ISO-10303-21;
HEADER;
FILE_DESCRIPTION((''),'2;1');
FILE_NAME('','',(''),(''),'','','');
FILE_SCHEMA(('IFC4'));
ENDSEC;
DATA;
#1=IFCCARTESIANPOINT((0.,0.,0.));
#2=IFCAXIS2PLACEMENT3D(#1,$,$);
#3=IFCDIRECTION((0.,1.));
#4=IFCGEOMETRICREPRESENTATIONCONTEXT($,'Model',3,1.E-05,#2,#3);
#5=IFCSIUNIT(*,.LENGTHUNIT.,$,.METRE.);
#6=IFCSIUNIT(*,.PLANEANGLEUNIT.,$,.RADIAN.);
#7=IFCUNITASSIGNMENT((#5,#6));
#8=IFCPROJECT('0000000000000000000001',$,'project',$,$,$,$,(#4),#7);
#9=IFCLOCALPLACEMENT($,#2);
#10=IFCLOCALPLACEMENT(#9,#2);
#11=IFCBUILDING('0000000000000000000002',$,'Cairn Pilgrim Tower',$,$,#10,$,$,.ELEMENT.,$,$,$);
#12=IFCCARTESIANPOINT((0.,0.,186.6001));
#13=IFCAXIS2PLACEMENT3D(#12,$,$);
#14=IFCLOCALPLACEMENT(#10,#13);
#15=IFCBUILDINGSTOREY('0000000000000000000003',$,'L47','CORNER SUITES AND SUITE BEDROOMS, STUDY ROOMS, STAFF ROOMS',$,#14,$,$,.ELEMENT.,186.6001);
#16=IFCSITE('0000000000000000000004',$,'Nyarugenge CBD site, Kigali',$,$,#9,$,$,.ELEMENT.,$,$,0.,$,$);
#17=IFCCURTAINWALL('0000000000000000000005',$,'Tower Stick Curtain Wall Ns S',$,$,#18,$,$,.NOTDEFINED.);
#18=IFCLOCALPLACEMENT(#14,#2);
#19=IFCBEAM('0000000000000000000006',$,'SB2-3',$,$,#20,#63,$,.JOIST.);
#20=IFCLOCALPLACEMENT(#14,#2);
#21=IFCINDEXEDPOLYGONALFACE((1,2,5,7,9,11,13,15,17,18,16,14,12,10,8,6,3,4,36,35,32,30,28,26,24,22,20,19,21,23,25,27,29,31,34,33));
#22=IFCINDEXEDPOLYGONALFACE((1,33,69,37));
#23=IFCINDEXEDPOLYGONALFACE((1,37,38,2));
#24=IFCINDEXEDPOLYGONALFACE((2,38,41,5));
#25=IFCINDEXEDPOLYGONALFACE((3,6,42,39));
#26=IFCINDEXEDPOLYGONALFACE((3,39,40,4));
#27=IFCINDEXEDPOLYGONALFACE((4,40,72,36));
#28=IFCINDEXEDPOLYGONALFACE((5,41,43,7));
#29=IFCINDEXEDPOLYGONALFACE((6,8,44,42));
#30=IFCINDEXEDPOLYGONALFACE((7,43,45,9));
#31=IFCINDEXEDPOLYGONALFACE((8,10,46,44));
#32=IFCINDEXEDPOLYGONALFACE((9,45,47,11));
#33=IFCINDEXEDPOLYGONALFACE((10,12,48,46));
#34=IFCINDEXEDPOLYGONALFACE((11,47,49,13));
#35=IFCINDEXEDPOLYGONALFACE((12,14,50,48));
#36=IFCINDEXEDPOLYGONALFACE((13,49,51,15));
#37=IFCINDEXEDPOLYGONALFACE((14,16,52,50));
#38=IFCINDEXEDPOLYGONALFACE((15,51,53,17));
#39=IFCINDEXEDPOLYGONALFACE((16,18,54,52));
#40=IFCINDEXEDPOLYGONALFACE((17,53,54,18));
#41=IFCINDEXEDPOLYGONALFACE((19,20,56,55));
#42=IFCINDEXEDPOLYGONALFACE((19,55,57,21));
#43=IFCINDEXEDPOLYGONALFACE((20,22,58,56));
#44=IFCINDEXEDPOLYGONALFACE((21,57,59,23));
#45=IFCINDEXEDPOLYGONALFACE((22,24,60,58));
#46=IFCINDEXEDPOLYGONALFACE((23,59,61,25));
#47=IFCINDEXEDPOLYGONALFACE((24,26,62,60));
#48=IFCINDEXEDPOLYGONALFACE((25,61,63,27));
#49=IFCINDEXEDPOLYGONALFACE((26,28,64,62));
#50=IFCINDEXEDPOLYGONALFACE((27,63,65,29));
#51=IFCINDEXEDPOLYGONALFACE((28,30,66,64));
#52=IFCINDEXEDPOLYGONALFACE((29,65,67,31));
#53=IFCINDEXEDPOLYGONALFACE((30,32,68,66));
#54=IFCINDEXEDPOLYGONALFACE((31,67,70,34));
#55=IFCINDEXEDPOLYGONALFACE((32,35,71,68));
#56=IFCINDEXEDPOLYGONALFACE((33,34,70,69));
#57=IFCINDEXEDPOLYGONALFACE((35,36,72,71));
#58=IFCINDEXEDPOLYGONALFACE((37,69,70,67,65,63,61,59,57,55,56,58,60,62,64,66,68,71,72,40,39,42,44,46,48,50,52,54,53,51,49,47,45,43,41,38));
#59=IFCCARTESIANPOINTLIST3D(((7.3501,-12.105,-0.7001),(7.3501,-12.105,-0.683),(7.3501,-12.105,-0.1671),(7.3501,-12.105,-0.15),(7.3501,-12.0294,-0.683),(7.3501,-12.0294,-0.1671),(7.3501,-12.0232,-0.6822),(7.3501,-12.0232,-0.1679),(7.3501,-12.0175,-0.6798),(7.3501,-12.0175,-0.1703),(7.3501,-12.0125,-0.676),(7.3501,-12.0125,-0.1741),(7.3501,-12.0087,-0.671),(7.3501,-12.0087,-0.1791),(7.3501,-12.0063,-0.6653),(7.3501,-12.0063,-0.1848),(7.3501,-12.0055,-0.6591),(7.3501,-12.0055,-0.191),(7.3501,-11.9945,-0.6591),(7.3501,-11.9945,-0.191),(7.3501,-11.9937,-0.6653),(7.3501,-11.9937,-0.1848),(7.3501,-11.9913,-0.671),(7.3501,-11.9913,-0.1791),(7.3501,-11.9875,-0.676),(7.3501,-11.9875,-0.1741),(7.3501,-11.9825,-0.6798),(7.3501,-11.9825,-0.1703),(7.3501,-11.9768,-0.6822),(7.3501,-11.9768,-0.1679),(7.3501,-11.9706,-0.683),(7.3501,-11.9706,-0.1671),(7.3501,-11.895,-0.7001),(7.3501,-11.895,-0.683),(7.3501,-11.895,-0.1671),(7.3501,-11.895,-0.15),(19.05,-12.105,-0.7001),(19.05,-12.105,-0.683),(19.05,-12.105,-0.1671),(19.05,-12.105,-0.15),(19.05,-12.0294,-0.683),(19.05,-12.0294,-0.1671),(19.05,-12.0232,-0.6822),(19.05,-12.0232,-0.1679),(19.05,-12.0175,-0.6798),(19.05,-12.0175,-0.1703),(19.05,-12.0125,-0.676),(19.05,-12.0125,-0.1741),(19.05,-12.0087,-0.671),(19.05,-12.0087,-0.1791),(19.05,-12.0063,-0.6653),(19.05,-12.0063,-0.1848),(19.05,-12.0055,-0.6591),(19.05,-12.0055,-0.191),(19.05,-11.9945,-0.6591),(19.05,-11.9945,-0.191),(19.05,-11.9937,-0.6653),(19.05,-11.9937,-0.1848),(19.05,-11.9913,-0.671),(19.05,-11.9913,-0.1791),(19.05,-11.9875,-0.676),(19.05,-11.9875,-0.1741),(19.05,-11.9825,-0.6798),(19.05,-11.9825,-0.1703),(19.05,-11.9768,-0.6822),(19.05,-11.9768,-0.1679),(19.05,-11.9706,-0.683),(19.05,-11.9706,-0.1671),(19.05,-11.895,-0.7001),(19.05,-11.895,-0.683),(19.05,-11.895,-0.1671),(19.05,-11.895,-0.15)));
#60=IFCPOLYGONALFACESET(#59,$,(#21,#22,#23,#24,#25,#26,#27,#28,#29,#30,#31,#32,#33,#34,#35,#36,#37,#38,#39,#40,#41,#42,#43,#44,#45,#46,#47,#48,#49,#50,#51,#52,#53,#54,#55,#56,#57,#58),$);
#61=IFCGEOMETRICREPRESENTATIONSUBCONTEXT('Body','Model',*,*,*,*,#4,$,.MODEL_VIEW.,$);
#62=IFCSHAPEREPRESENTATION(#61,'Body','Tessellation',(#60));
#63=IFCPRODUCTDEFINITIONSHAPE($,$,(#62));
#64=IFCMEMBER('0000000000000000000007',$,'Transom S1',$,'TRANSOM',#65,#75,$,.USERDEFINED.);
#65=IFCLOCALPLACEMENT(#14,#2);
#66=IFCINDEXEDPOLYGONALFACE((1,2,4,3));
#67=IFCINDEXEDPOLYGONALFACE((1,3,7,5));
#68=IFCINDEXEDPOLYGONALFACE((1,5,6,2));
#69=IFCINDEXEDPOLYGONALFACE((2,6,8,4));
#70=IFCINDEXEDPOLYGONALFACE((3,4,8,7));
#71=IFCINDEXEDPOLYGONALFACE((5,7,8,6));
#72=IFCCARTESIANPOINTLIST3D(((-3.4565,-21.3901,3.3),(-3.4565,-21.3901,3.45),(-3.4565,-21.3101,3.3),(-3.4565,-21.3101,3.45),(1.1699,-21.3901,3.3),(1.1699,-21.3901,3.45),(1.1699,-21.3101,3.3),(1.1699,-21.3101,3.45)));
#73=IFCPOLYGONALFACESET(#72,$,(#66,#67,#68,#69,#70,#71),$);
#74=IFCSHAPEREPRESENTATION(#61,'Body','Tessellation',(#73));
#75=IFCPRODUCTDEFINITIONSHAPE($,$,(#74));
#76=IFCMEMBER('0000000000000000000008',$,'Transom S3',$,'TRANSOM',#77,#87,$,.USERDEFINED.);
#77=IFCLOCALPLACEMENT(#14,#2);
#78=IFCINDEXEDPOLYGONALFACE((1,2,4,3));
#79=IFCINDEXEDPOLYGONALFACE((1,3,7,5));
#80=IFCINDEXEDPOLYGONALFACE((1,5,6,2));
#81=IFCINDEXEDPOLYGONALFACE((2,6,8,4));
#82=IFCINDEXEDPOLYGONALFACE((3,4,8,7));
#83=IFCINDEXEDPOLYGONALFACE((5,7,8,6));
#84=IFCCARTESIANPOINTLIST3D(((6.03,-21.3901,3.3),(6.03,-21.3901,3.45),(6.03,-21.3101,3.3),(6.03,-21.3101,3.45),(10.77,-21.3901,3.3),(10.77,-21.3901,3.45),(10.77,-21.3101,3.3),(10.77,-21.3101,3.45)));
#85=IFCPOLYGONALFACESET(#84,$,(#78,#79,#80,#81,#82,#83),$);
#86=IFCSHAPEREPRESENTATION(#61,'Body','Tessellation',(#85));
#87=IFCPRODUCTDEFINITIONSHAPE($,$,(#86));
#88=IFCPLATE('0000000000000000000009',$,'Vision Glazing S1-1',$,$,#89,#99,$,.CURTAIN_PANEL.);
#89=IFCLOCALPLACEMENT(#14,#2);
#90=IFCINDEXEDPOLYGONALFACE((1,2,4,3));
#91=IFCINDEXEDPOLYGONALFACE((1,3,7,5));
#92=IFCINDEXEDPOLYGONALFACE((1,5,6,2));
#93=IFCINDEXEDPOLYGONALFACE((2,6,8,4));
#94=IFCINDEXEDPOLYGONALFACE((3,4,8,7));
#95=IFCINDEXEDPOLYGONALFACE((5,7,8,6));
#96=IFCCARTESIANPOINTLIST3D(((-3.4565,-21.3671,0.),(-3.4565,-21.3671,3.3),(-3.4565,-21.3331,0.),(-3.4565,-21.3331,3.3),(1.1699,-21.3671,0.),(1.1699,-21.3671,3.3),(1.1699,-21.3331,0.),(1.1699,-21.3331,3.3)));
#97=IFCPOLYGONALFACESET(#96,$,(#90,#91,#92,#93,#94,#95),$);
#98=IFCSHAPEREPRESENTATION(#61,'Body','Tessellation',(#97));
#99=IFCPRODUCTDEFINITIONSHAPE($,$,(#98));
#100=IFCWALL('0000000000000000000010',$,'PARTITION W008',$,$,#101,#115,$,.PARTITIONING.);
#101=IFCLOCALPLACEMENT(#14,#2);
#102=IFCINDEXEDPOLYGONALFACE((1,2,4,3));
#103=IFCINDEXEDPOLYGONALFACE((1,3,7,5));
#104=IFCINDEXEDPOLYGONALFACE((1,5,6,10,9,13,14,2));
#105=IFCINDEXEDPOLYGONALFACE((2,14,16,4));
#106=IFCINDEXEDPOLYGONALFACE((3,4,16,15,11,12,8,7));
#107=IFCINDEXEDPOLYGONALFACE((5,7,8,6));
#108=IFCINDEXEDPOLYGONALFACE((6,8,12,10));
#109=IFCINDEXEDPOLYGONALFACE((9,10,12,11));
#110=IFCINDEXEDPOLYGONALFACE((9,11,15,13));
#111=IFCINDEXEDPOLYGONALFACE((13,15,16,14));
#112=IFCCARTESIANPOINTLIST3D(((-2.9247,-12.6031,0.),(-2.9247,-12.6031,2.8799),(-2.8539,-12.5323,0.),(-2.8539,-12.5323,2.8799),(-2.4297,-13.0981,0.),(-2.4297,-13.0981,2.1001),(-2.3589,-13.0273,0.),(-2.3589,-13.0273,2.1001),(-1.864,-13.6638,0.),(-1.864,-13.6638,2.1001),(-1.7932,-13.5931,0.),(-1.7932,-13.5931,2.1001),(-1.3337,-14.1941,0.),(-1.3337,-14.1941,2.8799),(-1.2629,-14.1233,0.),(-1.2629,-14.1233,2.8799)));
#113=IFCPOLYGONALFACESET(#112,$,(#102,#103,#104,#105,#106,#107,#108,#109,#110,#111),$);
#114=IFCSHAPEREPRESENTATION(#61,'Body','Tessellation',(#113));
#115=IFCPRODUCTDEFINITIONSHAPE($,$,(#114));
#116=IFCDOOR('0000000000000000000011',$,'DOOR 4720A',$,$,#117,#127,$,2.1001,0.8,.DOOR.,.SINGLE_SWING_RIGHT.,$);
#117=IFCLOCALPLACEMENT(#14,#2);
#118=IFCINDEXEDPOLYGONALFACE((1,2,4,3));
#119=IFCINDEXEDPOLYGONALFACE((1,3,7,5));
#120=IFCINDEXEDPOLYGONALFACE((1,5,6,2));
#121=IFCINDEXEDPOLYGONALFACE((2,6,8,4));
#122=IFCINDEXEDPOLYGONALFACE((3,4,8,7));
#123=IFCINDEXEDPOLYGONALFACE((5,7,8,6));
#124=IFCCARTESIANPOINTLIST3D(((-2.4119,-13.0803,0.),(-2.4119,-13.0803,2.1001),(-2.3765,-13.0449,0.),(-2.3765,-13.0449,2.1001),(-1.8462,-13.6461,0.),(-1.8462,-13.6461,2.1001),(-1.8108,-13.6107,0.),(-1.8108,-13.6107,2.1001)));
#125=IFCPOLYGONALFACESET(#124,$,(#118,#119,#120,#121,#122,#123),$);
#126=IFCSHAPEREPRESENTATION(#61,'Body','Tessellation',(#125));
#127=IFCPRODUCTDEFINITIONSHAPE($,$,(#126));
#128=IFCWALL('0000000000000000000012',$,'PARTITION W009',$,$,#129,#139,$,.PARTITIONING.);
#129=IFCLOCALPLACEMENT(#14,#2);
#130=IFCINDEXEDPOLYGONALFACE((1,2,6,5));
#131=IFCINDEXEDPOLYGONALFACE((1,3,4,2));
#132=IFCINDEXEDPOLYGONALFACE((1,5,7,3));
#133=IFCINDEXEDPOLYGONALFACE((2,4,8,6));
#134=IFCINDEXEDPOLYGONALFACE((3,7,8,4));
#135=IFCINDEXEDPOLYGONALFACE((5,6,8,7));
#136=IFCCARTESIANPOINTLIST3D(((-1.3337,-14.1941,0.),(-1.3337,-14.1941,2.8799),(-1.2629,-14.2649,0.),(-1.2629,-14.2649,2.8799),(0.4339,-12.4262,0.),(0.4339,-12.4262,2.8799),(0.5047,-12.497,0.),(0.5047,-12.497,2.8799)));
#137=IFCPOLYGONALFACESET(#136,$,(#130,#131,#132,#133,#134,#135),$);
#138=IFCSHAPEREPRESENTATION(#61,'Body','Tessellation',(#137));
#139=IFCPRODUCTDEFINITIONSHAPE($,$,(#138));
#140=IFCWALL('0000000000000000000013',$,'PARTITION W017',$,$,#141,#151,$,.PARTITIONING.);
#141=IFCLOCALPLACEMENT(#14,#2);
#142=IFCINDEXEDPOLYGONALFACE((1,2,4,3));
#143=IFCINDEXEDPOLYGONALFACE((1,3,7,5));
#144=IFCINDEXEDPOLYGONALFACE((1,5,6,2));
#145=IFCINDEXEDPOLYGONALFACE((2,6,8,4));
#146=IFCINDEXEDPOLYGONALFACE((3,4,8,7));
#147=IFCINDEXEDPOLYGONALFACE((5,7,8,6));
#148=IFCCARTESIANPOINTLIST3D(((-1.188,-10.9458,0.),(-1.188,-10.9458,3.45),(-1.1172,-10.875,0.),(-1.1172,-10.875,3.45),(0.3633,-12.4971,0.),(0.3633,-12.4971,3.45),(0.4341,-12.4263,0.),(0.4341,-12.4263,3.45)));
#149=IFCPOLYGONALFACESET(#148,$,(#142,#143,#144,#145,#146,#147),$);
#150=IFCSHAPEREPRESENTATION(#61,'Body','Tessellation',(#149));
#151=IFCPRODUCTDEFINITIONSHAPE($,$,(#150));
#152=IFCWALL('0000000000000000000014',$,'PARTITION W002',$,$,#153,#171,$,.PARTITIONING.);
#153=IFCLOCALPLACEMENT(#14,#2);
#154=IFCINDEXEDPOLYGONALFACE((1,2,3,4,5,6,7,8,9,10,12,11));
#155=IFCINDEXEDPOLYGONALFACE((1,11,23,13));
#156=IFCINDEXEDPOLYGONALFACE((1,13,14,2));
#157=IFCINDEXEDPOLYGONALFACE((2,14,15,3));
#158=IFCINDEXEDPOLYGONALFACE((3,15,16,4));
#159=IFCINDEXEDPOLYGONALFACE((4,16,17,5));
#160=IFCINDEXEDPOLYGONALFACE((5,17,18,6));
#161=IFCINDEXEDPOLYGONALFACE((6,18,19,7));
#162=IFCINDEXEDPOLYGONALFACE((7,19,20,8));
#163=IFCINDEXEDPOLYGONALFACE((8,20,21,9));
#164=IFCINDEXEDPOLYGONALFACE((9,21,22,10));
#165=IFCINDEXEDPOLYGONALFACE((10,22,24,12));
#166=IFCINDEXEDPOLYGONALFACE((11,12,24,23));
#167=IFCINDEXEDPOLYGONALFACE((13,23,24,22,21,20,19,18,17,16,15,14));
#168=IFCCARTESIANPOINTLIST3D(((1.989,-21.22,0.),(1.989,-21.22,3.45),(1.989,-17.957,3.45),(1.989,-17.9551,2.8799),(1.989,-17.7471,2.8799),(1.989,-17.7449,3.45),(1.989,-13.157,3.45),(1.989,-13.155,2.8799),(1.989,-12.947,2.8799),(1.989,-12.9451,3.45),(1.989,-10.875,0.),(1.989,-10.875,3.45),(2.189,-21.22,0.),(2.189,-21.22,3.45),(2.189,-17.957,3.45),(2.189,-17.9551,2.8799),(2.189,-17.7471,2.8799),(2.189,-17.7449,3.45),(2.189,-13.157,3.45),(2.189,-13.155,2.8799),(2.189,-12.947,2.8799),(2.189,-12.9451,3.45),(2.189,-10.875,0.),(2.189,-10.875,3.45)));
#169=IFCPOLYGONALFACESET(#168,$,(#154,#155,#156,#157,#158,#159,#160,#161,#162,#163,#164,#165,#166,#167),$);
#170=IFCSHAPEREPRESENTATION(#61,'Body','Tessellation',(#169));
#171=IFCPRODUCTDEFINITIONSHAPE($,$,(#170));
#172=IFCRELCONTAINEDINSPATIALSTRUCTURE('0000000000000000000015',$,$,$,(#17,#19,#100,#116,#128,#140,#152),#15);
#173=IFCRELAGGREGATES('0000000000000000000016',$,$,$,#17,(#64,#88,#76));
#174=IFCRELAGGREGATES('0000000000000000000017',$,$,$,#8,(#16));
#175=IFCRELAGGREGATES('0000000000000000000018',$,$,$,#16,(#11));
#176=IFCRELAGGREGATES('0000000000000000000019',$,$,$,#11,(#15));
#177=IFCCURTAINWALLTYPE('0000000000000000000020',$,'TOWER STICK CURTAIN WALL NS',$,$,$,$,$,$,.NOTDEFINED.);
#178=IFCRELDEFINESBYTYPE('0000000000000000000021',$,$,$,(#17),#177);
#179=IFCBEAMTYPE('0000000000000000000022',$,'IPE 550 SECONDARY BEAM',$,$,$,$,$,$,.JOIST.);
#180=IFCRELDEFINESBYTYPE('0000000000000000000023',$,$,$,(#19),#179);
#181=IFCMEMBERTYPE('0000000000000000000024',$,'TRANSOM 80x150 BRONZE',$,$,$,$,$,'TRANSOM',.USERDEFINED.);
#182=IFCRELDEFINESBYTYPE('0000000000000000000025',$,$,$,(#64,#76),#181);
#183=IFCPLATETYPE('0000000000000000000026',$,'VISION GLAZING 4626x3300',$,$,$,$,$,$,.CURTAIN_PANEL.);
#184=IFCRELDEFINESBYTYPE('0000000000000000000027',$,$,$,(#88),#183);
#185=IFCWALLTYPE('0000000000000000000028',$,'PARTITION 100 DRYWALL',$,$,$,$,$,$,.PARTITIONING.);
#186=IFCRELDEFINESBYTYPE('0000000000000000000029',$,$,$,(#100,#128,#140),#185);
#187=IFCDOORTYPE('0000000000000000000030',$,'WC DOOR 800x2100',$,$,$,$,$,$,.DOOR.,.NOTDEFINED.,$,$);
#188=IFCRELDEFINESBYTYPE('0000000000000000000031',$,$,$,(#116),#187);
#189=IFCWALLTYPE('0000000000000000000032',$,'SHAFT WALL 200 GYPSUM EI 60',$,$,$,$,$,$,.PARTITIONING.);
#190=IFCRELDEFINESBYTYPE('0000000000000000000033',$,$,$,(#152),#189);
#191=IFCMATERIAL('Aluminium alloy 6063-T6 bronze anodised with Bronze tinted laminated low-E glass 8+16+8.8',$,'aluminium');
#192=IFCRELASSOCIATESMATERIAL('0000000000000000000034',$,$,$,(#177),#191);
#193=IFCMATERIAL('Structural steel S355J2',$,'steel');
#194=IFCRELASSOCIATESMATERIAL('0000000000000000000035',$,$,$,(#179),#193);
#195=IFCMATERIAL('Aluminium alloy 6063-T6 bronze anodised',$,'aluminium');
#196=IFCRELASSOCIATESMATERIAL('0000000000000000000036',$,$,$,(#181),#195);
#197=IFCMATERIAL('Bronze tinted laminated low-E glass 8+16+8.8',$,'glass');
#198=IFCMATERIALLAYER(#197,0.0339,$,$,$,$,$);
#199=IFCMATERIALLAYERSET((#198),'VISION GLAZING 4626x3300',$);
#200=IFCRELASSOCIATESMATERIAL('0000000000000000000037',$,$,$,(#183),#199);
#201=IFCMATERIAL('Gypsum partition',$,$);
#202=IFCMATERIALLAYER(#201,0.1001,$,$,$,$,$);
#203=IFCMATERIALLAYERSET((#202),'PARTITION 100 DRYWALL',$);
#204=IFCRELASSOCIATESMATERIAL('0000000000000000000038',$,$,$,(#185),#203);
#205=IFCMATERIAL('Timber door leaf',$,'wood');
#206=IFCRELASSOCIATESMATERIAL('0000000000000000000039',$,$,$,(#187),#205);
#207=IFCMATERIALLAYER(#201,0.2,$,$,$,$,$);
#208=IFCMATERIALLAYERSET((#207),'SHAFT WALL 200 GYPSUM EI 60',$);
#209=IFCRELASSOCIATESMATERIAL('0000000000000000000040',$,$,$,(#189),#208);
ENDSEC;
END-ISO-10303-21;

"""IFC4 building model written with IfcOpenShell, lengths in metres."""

from ifc_helpers import new_model, si_unit, direction, frame, frame_2d, origin, origin_2d, place, context, subcontext, project, spatial, polyline, rectangle, i_section, outline, extrude, material, layer, layer_set, material_profile, profile_set, type_object, element, fill, aggregate, save


model = new_model("IFC4")

# Units and contexts
model_context = context("Model", 3, precision=1e-05, world=origin(), true_north=direction((0.0, 1.0)))
body_context = subcontext(model_context, "Body", "Model", "MODEL_VIEW")
ifc_project = project(units=[si_unit("LENGTHUNIT", "METRE"), si_unit("PLANEANGLEUNIT", "RADIAN")], contexts=[model_context])

# Site, building, storey
site_placement = place(None, origin())
site = spatial("IfcSite", under=ifc_project, at=site_placement, Name="Nyarugenge CBD site, Kigali", CompositionType="ELEMENT", RefElevation=0.0)
building_placement = place(site_placement, origin())
building = spatial("IfcBuilding", under=site, at=building_placement, Name="Cairn Pilgrim Tower", CompositionType="ELEMENT")
storey_placement = place(building_placement, frame((0.0, 0.0, 186.6001)))
storey = spatial("IfcBuildingStorey", under=building, at=storey_placement, Name="L47", Description="CORNER SUITES AND SUITE BEDROOMS, STUDY ROOMS, STAFF ROOMS", CompositionType="ELEMENT", Elevation=186.6001)

# Shared definitions
ifc_material_1 = material(Name="Structural steel S355J2", Category="steel")

# Curtain wall
ifc_material_2 = material(Name="Aluminium alloy 6063-T6 bronze anodised with Bronze tinted laminated low-E glass 8+16+8.8", Category="aluminium")
curtain_wall_type = type_object("IfcCurtainWallType", Name="TOWER STICK CURTAIN WALL NS", PredefinedType="NOTDEFINED", material=ifc_material_2)
curtain_wall_placement = place(storey_placement, origin())
curtain_wall = element("IfcCurtainWall", 1, at=curtain_wall_placement, inside=storey, type_object=curtain_wall_type, Name="Tower Stick Curtain Wall Ns S", PredefinedType="NOTDEFINED")
ifc_material_3 = material(Name="Aluminium alloy 6063-T6 bronze anodised", Category="aluminium")

# Beam
ifc_material_profile_1 = material_profile(ifc_material_1, i_section(OverallWidth=0.21, OverallDepth=0.55, WebThickness=0.011, FlangeThickness=0.0171, FilletRadius=0.0239, at=origin_2d()), Name="IPE 550")
ifc_profile_set_1 = profile_set([ifc_material_profile_1], Name="Structural steel S355J2")
beam_type_1 = type_object("IfcBeamType", Name="IPE 550 SECONDARY BEAM", PredefinedType="JOIST", material=ifc_profile_set_1)
for number, where, z_axis, x_axis, name in (
    (2, (7.3501, -12.0, -0.425), (1.0, 0.0, 0.0), (0.0, 1.0, 0.0), "SB2-3"),
):
    element("IfcBeam", number, at=place(storey_placement, frame(where, z_axis=z_axis, x_axis=x_axis)), inside=storey, type_object=beam_type_1, Name=name, PredefinedType="JOIST", context=body_context, shape_type="SweptSolid", body=[
        extrude(i_section(OverallWidth=0.21, OverallDepth=0.55, WebThickness=0.011, FlangeThickness=0.0171, FilletRadius=0.0239, at=origin_2d()), origin(), (0.0, 0.0, 1.0), 11.7),
    ])

# Members
ifc_material_profile_2 = material_profile(ifc_material_3, rectangle(XDim=0.0801, YDim=0.1499, at=origin_2d()), Name="TRANSOM 80x150 BRONZE")
ifc_profile_set_2 = profile_set([ifc_material_profile_2], Name="Aluminium alloy 6063-T6 bronze anodised")
member_type_1 = type_object("IfcMemberType", Name="TRANSOM 80x150 BRONZE", ElementType="TRANSOM", PredefinedType="USERDEFINED", material=ifc_profile_set_2)
member_1_placement = place(storey_placement, frame((-3.4565, -21.3501, 3.375), z_axis=(1.0, 0.0, 0.0), x_axis=(0.0, 1.0, 0.0)))
member_1 = element("IfcMember", 3, at=member_1_placement, type_object=member_type_1, Name="Transom S1", ObjectType="TRANSOM", PredefinedType="USERDEFINED", context=body_context, shape_type="SweptSolid", body=[
    extrude(rectangle(XDim=0.0801, YDim=0.1499, at=origin_2d()), origin(), (0.0, 0.0, 1.0), 4.6265),
])
member_2_placement = place(storey_placement, frame((6.03, -21.3501, 3.375), z_axis=(1.0, 0.0, 0.0), x_axis=(0.0, 1.0, 0.0)))
member_2 = element("IfcMember", 4, at=member_2_placement, type_object=member_type_1, Name="Transom S3", ObjectType="TRANSOM", PredefinedType="USERDEFINED", context=body_context, shape_type="SweptSolid", body=[
    extrude(rectangle(XDim=0.0801, YDim=0.1499, at=origin_2d()), origin(), (0.0, 0.0, 1.0), 4.74),
])

# Plate
ifc_material_4 = material(Name="Bronze tinted laminated low-E glass 8+16+8.8", Category="glass")
ifc_layer_1 = layer(ifc_material_4, 0.0339)
ifc_layer_set_1 = layer_set([ifc_layer_1], Name="VISION GLAZING 4626x3300")
plate_type = type_object("IfcPlateType", Name="VISION GLAZING 4626x3300", PredefinedType="CURTAIN_PANEL", material=ifc_layer_set_1)
plate_placement = place(storey_placement, frame((-1.1433, -21.3501, 0.0), z_axis=(0.0, 0.0, 1.0), x_axis=(1.0, 0.0, 0.0)))
plate = element("IfcPlate", 5, at=plate_placement, type_object=plate_type, Name="Vision Glazing S1-1", PredefinedType="CURTAIN_PANEL", context=body_context, shape_type="SweptSolid", body=[
    extrude(rectangle(XDim=4.6265, YDim=0.0339, at=origin_2d()), origin(), (0.0, 0.0, 1.0), 3.3),
])
aggregate(curtain_wall, [member_1, plate, member_2])

# Wall, opening, door
ifc_material_5 = material(Name="Gypsum partition")
ifc_layer_2 = layer(ifc_material_5, 0.1001)
ifc_layer_set_2 = layer_set([ifc_layer_2], Name="PARTITION 100 DRYWALL")
wall_type_1 = type_object("IfcWallType", Name="PARTITION 100 DRYWALL", PredefinedType="PARTITIONING", material=ifc_layer_set_2)
wall_1_placement = place(storey_placement, frame((-1.2983, -14.1587, 0.0), z_axis=(0.0, 0.0, 1.0), x_axis=(-0.707107, 0.707107, 0.0)))
wall_1 = element("IfcWall", 6, at=wall_1_placement, inside=storey, type_object=wall_type_1, Name="PARTITION W008", PredefinedType="PARTITIONING", context=body_context, shape_type="SweptSolid", body=[
    extrude(rectangle(XDim=2.25, YDim=0.1001, at=frame_2d((1.125, 0.0))), origin(), (0.0, 0.0, 1.0), 2.8799),
])
opening_1_placement = place(wall_1_placement, frame((0.75, 0.0, 0.0)))
opening_1 = element("IfcOpeningElement", 7, at=opening_1_placement, cuts=wall_1, PredefinedType="OPENING", context=body_context, shape_type="SweptSolid", body=[
    extrude(rectangle(XDim=0.8, YDim=2.1001, at=frame_2d((0.3999, 1.05))), frame((0.0, 0.0601, 0.0), z_axis=(0.0, -1.0, 0.0), x_axis=(1.0, 0.0, 0.0)), (0.0, 0.0, 1.0), 0.1201),
])
ifc_material_6 = material(Name="Timber door leaf", Category="wood")
door_type_1 = type_object("IfcDoorType", Name="WC DOOR 800x2100", OperationType="NOTDEFINED", PredefinedType="DOOR", material=ifc_material_6)
door_1_placement = place(opening_1_placement, origin())
door_1 = element("IfcDoor", 8, at=door_1_placement, inside=storey, type_object=door_type_1, Name="DOOR 4720A", OperationType="SINGLE_SWING_RIGHT", OverallHeight=2.1001, OverallWidth=0.8, PredefinedType="DOOR", context=body_context, shape_type="SweptSolid", body=[
    extrude(rectangle(XDim=0.8, YDim=2.1001, at=frame_2d((0.3999, 1.05))), frame((0.0, 0.0249, 0.0), z_axis=(0.0, -1.0, 0.0), x_axis=(1.0, 0.0, 0.0)), (0.0, 0.0, 1.0), 0.05),
])
fill(opening_1, door_1)

# Walls
wall_2_placement = place(storey_placement, frame((-1.2983, -14.2295, 0.0), z_axis=(0.0, 0.0, 1.0), x_axis=(0.707058, 0.707156, 0.0)))
element("IfcWall", 9, at=wall_2_placement, inside=storey, type_object=wall_type_1, Name="PARTITION W009", PredefinedType="PARTITIONING", context=body_context, shape_type="SweptSolid", body=[
    extrude(rectangle(XDim=2.5, YDim=0.1001, at=frame_2d((1.25, 0.0))), origin(), (0.0, 0.0, 1.0), 2.8799),
])
wall_3_placement = place(storey_placement, frame((0.3987, -12.4617, 0.0), z_axis=(0.0, 0.0, 1.0), x_axis=(-0.707107, 0.707107, 0.0)))
element("IfcWall", 10, at=wall_3_placement, inside=storey, type_object=wall_type_1, Name="PARTITION W017", PredefinedType="PARTITIONING", context=body_context, shape_type="SweptSolid", body=[
    extrude(rectangle(XDim=2.1938, YDim=0.1001, at=frame_2d((1.0969, 0.0))), origin(), (0.0, 0.0, 1.0), 3.45),
])
ifc_layer_3 = layer(ifc_material_5, 0.2)
ifc_layer_set_3 = layer_set([ifc_layer_3], Name="SHAFT WALL 200 GYPSUM EI 60")
wall_type_2 = type_object("IfcWallType", Name="SHAFT WALL 200 GYPSUM EI 60", PredefinedType="PARTITIONING", material=ifc_layer_set_3)
wall_4_placement = place(storey_placement, frame((2.0891, -21.22, 0.0), z_axis=(0.0, 0.0, 1.0), x_axis=(0.0, 1.0, 0.0)))
element("IfcWall", 11, at=wall_4_placement, inside=storey, type_object=wall_type_2, Name="PARTITION W002", PredefinedType="PARTITIONING", context=body_context, shape_type="SweptSolid", body=[
    extrude(outline(polyline([(0.0, 0.0), (10.345, 0.0), (10.345, 3.45), (8.2749, 3.45), (8.2729, 2.8799), (8.0649, 2.8799), (8.063, 3.45), (3.4751, 3.45), (3.4729, 2.8799), (3.2649, 2.8799), (3.2629, 3.45), (0.0, 3.45), (0.0, 0.0)])), frame((0.0, 0.1001, 0.0), z_axis=(0.0, -1.0, 0.0), x_axis=(1.0, 0.0, 0.0)), (0.0, 0.0, 1.0), 0.2),
])

save(model, "model.ifc")
